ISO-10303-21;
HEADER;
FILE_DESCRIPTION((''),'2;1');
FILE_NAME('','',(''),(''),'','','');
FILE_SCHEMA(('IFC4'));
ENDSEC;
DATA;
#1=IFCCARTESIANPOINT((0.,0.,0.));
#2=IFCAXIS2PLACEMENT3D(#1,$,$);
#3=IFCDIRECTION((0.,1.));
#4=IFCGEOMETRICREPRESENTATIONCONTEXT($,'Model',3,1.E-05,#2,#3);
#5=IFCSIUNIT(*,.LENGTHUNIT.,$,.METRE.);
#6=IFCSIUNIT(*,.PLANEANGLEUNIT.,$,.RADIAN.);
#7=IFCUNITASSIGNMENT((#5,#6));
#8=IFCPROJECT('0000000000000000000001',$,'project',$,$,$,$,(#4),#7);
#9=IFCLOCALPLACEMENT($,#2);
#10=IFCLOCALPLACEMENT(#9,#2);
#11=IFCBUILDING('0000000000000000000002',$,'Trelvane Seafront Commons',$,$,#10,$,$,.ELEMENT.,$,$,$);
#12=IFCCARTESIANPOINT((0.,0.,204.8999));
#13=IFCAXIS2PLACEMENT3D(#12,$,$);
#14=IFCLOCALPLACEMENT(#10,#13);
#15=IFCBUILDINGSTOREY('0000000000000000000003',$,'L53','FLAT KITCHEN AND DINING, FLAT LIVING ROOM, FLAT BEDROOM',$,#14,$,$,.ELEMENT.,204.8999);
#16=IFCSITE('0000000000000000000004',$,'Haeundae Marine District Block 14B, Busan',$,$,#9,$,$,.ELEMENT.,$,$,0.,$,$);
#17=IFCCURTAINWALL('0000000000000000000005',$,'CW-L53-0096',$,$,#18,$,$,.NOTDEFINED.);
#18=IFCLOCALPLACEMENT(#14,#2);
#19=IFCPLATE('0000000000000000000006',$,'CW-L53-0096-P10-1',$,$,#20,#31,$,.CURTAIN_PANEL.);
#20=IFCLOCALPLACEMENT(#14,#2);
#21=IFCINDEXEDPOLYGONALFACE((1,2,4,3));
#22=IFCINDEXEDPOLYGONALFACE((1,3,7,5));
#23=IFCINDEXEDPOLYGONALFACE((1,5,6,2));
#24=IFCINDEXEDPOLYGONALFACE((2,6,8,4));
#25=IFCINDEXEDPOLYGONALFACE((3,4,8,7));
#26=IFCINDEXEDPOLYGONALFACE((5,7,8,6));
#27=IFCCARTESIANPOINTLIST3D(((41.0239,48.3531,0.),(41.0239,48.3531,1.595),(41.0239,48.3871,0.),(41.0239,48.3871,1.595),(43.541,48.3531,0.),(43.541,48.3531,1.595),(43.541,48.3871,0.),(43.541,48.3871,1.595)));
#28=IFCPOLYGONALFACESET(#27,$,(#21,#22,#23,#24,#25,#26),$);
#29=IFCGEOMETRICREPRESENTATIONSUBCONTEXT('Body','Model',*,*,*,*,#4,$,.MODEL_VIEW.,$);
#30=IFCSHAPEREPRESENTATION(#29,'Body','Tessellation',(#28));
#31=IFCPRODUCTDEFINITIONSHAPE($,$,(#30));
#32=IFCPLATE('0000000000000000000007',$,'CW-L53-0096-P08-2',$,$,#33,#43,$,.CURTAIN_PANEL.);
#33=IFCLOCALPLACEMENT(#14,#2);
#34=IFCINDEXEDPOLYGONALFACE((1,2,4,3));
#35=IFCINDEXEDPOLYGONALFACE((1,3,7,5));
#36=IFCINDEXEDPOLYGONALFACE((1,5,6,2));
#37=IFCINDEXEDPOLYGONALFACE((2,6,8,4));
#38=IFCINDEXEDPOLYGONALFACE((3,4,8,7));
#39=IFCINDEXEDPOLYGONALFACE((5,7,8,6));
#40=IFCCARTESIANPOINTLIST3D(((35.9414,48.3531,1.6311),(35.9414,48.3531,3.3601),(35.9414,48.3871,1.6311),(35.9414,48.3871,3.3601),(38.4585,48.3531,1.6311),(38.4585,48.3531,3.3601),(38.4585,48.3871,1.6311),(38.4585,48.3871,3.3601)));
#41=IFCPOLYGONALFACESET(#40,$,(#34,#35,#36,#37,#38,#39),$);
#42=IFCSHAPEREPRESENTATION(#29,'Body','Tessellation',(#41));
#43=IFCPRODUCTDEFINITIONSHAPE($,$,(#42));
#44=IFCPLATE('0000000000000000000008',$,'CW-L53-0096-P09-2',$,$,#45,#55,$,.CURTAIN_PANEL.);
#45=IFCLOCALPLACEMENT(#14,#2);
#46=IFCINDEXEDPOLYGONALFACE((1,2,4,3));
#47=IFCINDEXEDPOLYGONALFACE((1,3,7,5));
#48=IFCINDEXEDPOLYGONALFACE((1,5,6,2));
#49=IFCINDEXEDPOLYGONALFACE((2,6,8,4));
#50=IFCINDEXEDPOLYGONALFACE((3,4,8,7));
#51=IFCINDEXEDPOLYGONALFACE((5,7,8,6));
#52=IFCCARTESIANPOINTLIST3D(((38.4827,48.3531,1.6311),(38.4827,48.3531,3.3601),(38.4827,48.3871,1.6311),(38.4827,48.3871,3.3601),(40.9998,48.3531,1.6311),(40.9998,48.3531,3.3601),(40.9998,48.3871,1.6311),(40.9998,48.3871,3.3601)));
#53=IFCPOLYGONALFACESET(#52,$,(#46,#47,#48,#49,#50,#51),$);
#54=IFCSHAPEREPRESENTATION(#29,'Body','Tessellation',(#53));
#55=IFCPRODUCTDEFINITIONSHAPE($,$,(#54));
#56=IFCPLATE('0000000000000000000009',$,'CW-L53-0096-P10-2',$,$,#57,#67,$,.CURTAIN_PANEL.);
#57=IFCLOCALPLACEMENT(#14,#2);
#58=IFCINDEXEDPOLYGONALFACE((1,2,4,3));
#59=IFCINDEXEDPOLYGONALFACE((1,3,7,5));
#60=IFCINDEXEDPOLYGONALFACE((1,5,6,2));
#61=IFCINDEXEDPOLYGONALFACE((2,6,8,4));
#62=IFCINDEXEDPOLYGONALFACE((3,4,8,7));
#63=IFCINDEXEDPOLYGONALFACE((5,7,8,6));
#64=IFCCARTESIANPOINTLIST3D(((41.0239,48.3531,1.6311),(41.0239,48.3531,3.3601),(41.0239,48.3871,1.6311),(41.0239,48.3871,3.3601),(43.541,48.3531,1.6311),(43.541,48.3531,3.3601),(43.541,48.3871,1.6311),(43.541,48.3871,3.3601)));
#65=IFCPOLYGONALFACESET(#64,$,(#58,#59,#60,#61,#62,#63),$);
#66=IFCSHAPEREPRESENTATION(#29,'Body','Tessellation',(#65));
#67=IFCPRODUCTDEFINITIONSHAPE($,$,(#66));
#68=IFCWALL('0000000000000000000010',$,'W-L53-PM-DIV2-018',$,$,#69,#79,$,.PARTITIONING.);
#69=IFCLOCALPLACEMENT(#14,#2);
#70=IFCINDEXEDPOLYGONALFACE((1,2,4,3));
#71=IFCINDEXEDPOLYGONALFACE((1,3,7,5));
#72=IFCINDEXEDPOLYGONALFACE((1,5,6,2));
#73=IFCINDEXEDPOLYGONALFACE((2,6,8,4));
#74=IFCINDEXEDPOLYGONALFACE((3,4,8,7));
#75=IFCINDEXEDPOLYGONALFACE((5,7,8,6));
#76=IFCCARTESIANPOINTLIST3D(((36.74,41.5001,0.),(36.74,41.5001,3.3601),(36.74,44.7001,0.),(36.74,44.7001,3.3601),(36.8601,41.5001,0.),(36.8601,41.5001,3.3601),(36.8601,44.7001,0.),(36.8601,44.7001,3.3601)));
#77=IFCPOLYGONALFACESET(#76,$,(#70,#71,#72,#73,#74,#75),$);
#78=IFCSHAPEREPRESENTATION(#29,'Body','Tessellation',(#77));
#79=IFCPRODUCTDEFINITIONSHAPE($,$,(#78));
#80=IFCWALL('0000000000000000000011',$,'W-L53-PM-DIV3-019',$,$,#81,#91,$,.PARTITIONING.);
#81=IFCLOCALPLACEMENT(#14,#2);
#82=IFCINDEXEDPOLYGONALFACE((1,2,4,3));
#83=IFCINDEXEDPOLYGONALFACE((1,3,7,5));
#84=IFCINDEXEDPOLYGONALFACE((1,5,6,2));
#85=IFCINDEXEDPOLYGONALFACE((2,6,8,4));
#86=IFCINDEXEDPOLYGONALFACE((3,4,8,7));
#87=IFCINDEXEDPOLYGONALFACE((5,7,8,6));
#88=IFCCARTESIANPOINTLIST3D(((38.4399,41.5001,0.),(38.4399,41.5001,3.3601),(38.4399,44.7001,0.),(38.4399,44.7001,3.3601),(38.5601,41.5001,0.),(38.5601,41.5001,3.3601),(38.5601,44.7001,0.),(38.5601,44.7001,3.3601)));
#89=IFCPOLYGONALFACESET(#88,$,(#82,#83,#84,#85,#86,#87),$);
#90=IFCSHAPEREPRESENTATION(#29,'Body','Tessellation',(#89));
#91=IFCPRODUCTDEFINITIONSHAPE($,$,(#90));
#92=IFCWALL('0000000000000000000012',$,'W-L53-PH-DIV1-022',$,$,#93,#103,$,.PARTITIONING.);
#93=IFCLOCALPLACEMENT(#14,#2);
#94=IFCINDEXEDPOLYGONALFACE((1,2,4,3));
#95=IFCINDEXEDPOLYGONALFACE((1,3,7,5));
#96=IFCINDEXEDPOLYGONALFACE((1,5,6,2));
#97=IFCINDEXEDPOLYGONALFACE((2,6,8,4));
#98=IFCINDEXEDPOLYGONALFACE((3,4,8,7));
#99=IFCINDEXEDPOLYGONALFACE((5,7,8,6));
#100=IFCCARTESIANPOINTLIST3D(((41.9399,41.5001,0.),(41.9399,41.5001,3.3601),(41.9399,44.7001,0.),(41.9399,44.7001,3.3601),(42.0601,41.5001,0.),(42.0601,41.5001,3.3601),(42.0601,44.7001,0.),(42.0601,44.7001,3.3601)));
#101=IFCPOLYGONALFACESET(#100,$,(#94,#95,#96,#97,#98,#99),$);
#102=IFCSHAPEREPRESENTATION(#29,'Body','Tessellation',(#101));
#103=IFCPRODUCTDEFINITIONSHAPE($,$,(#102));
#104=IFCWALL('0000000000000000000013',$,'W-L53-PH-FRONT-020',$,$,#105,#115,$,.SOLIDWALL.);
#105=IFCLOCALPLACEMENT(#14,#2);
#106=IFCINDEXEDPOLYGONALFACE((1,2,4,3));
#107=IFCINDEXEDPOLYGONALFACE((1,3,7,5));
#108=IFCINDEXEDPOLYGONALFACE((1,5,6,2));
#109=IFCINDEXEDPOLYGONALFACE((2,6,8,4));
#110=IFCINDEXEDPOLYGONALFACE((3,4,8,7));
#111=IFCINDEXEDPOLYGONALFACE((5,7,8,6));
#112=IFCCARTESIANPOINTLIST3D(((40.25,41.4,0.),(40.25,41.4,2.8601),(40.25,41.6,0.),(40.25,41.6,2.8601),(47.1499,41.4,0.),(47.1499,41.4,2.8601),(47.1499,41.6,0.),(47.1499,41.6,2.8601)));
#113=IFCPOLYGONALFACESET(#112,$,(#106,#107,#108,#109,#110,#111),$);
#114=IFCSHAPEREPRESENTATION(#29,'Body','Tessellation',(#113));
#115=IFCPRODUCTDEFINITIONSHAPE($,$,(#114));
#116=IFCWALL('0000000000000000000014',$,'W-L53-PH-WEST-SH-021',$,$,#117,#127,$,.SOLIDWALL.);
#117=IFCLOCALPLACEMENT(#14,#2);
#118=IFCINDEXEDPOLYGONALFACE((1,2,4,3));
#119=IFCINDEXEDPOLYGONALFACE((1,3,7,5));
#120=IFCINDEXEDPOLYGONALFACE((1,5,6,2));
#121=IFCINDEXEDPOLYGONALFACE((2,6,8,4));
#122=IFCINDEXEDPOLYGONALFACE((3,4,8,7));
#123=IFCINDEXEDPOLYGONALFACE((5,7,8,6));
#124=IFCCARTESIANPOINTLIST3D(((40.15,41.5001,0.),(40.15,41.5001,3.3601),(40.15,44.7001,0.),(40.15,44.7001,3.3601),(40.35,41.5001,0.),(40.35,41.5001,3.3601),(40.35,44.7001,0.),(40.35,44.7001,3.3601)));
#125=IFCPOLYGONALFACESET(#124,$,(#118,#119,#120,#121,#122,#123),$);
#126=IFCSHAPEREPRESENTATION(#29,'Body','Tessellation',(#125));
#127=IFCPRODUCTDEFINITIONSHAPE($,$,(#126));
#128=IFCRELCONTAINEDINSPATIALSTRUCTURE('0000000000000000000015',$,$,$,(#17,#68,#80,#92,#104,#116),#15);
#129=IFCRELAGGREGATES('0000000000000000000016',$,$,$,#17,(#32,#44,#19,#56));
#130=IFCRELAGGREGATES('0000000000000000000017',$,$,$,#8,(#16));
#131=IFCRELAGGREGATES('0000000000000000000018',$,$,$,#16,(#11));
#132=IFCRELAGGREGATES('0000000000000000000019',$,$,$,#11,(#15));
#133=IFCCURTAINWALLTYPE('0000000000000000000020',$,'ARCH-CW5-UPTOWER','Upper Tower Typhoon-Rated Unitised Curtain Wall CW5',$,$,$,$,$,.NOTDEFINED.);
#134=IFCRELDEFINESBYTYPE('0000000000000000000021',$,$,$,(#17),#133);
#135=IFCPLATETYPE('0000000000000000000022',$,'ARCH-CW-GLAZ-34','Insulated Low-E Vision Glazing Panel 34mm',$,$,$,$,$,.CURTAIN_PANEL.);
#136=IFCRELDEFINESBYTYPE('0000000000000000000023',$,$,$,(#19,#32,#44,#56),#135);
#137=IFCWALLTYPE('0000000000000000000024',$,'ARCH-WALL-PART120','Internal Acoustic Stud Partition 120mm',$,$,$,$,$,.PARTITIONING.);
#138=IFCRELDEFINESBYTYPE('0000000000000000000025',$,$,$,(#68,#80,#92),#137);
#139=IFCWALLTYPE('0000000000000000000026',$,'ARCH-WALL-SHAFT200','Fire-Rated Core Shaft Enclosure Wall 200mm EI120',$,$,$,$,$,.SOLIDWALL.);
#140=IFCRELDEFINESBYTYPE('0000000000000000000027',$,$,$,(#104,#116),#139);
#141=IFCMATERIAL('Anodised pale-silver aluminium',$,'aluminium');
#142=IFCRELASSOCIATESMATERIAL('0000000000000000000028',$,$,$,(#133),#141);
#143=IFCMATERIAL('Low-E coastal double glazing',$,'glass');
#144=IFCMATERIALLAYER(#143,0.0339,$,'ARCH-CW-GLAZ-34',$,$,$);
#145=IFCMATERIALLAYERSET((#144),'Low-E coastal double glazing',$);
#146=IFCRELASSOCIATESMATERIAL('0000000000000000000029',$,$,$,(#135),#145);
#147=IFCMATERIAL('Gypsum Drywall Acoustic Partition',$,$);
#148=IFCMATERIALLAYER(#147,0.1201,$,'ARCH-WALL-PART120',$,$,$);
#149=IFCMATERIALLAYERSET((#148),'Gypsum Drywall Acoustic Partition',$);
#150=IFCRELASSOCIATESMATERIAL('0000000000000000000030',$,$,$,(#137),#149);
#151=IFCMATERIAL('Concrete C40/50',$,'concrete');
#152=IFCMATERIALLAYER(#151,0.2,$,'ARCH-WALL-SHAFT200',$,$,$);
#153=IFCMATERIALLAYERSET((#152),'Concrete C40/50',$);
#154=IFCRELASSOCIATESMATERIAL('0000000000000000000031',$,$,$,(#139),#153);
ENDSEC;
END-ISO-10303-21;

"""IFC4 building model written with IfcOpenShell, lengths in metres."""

from ifc_helpers import new_model, si_unit, direction, frame, frame_2d, origin, origin_2d, place, context, subcontext, project, spatial, rectangle, extrude, source, transform, mapped, material, layer, layer_set, type_object, element, aggregate, save


model = new_model("IFC4")

# Units and contexts
model_context = context("Model", 3, precision=1e-05, world=origin(), true_north=direction((0.0, 1.0)))
body_context = subcontext(model_context, "Body", "Model", "MODEL_VIEW")
ifc_project = project(units=[si_unit("LENGTHUNIT", "METRE"), si_unit("PLANEANGLEUNIT", "RADIAN")], contexts=[model_context])

# Site, building, storey
site_placement = place(None, origin())
site = spatial("IfcSite", under=ifc_project, at=site_placement, Name="Haeundae Marine District Block 14B, Busan", CompositionType="ELEMENT", RefElevation=0.0)
building_placement = place(site_placement, origin())
building = spatial("IfcBuilding", under=site, at=building_placement, Name="Trelvane Seafront Commons", CompositionType="ELEMENT")
storey_placement = place(building_placement, frame((0.0, 0.0, 204.8999)))
storey = spatial("IfcBuildingStorey", under=building, at=storey_placement, Name="L53", Description="FLAT KITCHEN AND DINING, FLAT LIVING ROOM, FLAT BEDROOM", CompositionType="ELEMENT", Elevation=204.8999)

# Curtain wall
ifc_material_1 = material(Name="Anodised pale-silver aluminium", Category="aluminium")
curtain_wall_type = type_object("IfcCurtainWallType", Name="ARCH-CW5-UPTOWER", Description="Upper Tower Typhoon-Rated Unitised Curtain Wall CW5", PredefinedType="NOTDEFINED", material=ifc_material_1)
curtain_wall_placement = place(storey_placement, origin())
curtain_wall = element("IfcCurtainWall", 1, at=curtain_wall_placement, inside=storey, type_object=curtain_wall_type, Name="CW-L53-0096", PredefinedType="NOTDEFINED")

# Plates
ifc_material_2 = material(Name="Low-E coastal double glazing", Category="glass")
ifc_layer_1 = layer(ifc_material_2, 0.0339, Name="ARCH-CW-GLAZ-34")
ifc_layer_set_1 = layer_set([ifc_layer_1], Name="Low-E coastal double glazing")
plate_type_1 = type_object("IfcPlateType", Name="ARCH-CW-GLAZ-34", Description="Insulated Low-E Vision Glazing Panel 34mm", PredefinedType="CURTAIN_PANEL", material=ifc_layer_set_1)
shared_shape_1 = source(origin(), body_context, "Body", "SweptSolid", [
    extrude(rectangle(XDim=2.5171, YDim=0.0339, at=origin_2d()), origin(), (0.0, 0.0, 1.0), 1.595),
])
plate_1_placement = place(storey_placement, frame((42.2825, 48.3701, 0.0), z_axis=(0.0, 0.0, 1.0), x_axis=(1.0, 0.0, 0.0)))
plate_1 = element("IfcPlate", 2, at=plate_1_placement, type_object=plate_type_1, Name="CW-L53-0096-P10-1", PredefinedType="CURTAIN_PANEL", context=body_context, shape_type="MappedRepresentation", body=[
    mapped(shared_shape_1, transform((0.0, 0.0, 0.0), x_axis=(1.0, 0.0, 0.0), y_axis=(0.0, 1.0, 0.0), z_axis=(0.0, 0.0, 1.0), scale=1.0)),
])
shared_shape_2 = source(origin(), body_context, "Body", "SweptSolid", [
    extrude(rectangle(XDim=2.5171, YDim=0.0339, at=origin_2d()), origin(), (0.0, 0.0, 1.0), 1.729),
])
plate_2_placement = place(storey_placement, frame((37.2, 48.3701, 1.6311), z_axis=(0.0, 0.0, 1.0), x_axis=(1.0, 0.0, 0.0)))
plate_2 = element("IfcPlate", 3, at=plate_2_placement, type_object=plate_type_1, Name="CW-L53-0096-P08-2", PredefinedType="CURTAIN_PANEL", context=body_context, shape_type="MappedRepresentation", body=[
    mapped(shared_shape_2, transform((0.0, 0.0, 0.0), x_axis=(1.0, 0.0, 0.0), y_axis=(0.0, 1.0, 0.0), z_axis=(0.0, 0.0, 1.0), scale=1.0)),
])
plate_3_placement = place(storey_placement, frame((39.7412, 48.3701, 1.6311), z_axis=(0.0, 0.0, 1.0), x_axis=(1.0, 0.0, 0.0)))
plate_3 = element("IfcPlate", 4, at=plate_3_placement, type_object=plate_type_1, Name="CW-L53-0096-P09-2", PredefinedType="CURTAIN_PANEL", context=body_context, shape_type="MappedRepresentation", body=[
    mapped(shared_shape_2, transform((0.0, 0.0, 0.0), x_axis=(1.0, 0.0, 0.0), y_axis=(0.0, 1.0, 0.0), z_axis=(0.0, 0.0, 1.0), scale=1.0)),
])
plate_4_placement = place(storey_placement, frame((42.2825, 48.3701, 1.6311), z_axis=(0.0, 0.0, 1.0), x_axis=(1.0, 0.0, 0.0)))
plate_4 = element("IfcPlate", 5, at=plate_4_placement, type_object=plate_type_1, Name="CW-L53-0096-P10-2", PredefinedType="CURTAIN_PANEL", context=body_context, shape_type="MappedRepresentation", body=[
    mapped(shared_shape_2, transform((0.0, 0.0, 0.0), x_axis=(1.0, 0.0, 0.0), y_axis=(0.0, 1.0, 0.0), z_axis=(0.0, 0.0, 1.0), scale=1.0)),
])
aggregate(curtain_wall, [plate_2, plate_3, plate_1, plate_4])

# Walls
ifc_material_3 = material(Name="Gypsum Drywall Acoustic Partition")
ifc_layer_2 = layer(ifc_material_3, 0.1201, Name="ARCH-WALL-PART120")
ifc_layer_set_2 = layer_set([ifc_layer_2], Name="Gypsum Drywall Acoustic Partition")
wall_type_1 = type_object("IfcWallType", Name="ARCH-WALL-PART120", Description="Internal Acoustic Stud Partition 120mm", PredefinedType="PARTITIONING", material=ifc_layer_set_2)
for number, where, z_axis, x_axis, name in (
    (6, (36.8, 41.5, 0.0), (0.0, 0.0, 1.0), (0.0, 1.0, 0.0), "W-L53-PM-DIV2-018"),
    (7, (38.5, 41.5, 0.0), (0.0, 0.0, 1.0), (0.0, 1.0, 0.0), "W-L53-PM-DIV3-019"),
    (8, (42.0, 41.5, 0.0), (0.0, 0.0, 1.0), (0.0, 1.0, 0.0), "W-L53-PH-DIV1-022"),
):
    element("IfcWall", number, at=place(storey_placement, frame(where, z_axis=z_axis, x_axis=x_axis)), inside=storey, type_object=wall_type_1, Name=name, PredefinedType="PARTITIONING", context=body_context, shape_type="SweptSolid", body=[
        extrude(rectangle(XDim=3.2, YDim=0.1201, at=frame_2d((1.6001, 0.0))), origin(), (0.0, 0.0, 1.0), 3.3601),
    ])

# Walls
ifc_material_4 = material(Name="Concrete C40/50", Category="concrete")
ifc_layer_3 = layer(ifc_material_4, 0.2, Name="ARCH-WALL-SHAFT200")
ifc_layer_set_3 = layer_set([ifc_layer_3], Name="Concrete C40/50")
wall_type_2 = type_object("IfcWallType", Name="ARCH-WALL-SHAFT200", Description="Fire-Rated Core Shaft Enclosure Wall 200mm EI120", PredefinedType="SOLIDWALL", material=ifc_layer_set_3)
wall_1_placement = place(storey_placement, frame((40.25, 41.5, 0.0), z_axis=(0.0, 0.0, 1.0), x_axis=(1.0, 0.0, 0.0)))
element("IfcWall", 9, at=wall_1_placement, inside=storey, type_object=wall_type_2, Name="W-L53-PH-FRONT-020", PredefinedType="SOLIDWALL", context=body_context, shape_type="SweptSolid", body=[
    extrude(rectangle(XDim=6.8999, YDim=0.2, at=frame_2d((3.45, 0.0))), origin(), (0.0, 0.0, 1.0), 2.8601),
])
wall_2_placement = place(storey_placement, frame((40.25, 41.5, 0.0), z_axis=(0.0, 0.0, 1.0), x_axis=(0.0, 1.0, 0.0)))
element("IfcWall", 10, at=wall_2_placement, inside=storey, type_object=wall_type_2, Name="W-L53-PH-WEST-SH-021", PredefinedType="SOLIDWALL", context=body_context, shape_type="SweptSolid", body=[
    extrude(rectangle(XDim=3.2, YDim=0.2, at=frame_2d((1.6001, 0.0))), origin(), (0.0, 0.0, 1.0), 3.3601),
])

save(model, "model.ifc")
